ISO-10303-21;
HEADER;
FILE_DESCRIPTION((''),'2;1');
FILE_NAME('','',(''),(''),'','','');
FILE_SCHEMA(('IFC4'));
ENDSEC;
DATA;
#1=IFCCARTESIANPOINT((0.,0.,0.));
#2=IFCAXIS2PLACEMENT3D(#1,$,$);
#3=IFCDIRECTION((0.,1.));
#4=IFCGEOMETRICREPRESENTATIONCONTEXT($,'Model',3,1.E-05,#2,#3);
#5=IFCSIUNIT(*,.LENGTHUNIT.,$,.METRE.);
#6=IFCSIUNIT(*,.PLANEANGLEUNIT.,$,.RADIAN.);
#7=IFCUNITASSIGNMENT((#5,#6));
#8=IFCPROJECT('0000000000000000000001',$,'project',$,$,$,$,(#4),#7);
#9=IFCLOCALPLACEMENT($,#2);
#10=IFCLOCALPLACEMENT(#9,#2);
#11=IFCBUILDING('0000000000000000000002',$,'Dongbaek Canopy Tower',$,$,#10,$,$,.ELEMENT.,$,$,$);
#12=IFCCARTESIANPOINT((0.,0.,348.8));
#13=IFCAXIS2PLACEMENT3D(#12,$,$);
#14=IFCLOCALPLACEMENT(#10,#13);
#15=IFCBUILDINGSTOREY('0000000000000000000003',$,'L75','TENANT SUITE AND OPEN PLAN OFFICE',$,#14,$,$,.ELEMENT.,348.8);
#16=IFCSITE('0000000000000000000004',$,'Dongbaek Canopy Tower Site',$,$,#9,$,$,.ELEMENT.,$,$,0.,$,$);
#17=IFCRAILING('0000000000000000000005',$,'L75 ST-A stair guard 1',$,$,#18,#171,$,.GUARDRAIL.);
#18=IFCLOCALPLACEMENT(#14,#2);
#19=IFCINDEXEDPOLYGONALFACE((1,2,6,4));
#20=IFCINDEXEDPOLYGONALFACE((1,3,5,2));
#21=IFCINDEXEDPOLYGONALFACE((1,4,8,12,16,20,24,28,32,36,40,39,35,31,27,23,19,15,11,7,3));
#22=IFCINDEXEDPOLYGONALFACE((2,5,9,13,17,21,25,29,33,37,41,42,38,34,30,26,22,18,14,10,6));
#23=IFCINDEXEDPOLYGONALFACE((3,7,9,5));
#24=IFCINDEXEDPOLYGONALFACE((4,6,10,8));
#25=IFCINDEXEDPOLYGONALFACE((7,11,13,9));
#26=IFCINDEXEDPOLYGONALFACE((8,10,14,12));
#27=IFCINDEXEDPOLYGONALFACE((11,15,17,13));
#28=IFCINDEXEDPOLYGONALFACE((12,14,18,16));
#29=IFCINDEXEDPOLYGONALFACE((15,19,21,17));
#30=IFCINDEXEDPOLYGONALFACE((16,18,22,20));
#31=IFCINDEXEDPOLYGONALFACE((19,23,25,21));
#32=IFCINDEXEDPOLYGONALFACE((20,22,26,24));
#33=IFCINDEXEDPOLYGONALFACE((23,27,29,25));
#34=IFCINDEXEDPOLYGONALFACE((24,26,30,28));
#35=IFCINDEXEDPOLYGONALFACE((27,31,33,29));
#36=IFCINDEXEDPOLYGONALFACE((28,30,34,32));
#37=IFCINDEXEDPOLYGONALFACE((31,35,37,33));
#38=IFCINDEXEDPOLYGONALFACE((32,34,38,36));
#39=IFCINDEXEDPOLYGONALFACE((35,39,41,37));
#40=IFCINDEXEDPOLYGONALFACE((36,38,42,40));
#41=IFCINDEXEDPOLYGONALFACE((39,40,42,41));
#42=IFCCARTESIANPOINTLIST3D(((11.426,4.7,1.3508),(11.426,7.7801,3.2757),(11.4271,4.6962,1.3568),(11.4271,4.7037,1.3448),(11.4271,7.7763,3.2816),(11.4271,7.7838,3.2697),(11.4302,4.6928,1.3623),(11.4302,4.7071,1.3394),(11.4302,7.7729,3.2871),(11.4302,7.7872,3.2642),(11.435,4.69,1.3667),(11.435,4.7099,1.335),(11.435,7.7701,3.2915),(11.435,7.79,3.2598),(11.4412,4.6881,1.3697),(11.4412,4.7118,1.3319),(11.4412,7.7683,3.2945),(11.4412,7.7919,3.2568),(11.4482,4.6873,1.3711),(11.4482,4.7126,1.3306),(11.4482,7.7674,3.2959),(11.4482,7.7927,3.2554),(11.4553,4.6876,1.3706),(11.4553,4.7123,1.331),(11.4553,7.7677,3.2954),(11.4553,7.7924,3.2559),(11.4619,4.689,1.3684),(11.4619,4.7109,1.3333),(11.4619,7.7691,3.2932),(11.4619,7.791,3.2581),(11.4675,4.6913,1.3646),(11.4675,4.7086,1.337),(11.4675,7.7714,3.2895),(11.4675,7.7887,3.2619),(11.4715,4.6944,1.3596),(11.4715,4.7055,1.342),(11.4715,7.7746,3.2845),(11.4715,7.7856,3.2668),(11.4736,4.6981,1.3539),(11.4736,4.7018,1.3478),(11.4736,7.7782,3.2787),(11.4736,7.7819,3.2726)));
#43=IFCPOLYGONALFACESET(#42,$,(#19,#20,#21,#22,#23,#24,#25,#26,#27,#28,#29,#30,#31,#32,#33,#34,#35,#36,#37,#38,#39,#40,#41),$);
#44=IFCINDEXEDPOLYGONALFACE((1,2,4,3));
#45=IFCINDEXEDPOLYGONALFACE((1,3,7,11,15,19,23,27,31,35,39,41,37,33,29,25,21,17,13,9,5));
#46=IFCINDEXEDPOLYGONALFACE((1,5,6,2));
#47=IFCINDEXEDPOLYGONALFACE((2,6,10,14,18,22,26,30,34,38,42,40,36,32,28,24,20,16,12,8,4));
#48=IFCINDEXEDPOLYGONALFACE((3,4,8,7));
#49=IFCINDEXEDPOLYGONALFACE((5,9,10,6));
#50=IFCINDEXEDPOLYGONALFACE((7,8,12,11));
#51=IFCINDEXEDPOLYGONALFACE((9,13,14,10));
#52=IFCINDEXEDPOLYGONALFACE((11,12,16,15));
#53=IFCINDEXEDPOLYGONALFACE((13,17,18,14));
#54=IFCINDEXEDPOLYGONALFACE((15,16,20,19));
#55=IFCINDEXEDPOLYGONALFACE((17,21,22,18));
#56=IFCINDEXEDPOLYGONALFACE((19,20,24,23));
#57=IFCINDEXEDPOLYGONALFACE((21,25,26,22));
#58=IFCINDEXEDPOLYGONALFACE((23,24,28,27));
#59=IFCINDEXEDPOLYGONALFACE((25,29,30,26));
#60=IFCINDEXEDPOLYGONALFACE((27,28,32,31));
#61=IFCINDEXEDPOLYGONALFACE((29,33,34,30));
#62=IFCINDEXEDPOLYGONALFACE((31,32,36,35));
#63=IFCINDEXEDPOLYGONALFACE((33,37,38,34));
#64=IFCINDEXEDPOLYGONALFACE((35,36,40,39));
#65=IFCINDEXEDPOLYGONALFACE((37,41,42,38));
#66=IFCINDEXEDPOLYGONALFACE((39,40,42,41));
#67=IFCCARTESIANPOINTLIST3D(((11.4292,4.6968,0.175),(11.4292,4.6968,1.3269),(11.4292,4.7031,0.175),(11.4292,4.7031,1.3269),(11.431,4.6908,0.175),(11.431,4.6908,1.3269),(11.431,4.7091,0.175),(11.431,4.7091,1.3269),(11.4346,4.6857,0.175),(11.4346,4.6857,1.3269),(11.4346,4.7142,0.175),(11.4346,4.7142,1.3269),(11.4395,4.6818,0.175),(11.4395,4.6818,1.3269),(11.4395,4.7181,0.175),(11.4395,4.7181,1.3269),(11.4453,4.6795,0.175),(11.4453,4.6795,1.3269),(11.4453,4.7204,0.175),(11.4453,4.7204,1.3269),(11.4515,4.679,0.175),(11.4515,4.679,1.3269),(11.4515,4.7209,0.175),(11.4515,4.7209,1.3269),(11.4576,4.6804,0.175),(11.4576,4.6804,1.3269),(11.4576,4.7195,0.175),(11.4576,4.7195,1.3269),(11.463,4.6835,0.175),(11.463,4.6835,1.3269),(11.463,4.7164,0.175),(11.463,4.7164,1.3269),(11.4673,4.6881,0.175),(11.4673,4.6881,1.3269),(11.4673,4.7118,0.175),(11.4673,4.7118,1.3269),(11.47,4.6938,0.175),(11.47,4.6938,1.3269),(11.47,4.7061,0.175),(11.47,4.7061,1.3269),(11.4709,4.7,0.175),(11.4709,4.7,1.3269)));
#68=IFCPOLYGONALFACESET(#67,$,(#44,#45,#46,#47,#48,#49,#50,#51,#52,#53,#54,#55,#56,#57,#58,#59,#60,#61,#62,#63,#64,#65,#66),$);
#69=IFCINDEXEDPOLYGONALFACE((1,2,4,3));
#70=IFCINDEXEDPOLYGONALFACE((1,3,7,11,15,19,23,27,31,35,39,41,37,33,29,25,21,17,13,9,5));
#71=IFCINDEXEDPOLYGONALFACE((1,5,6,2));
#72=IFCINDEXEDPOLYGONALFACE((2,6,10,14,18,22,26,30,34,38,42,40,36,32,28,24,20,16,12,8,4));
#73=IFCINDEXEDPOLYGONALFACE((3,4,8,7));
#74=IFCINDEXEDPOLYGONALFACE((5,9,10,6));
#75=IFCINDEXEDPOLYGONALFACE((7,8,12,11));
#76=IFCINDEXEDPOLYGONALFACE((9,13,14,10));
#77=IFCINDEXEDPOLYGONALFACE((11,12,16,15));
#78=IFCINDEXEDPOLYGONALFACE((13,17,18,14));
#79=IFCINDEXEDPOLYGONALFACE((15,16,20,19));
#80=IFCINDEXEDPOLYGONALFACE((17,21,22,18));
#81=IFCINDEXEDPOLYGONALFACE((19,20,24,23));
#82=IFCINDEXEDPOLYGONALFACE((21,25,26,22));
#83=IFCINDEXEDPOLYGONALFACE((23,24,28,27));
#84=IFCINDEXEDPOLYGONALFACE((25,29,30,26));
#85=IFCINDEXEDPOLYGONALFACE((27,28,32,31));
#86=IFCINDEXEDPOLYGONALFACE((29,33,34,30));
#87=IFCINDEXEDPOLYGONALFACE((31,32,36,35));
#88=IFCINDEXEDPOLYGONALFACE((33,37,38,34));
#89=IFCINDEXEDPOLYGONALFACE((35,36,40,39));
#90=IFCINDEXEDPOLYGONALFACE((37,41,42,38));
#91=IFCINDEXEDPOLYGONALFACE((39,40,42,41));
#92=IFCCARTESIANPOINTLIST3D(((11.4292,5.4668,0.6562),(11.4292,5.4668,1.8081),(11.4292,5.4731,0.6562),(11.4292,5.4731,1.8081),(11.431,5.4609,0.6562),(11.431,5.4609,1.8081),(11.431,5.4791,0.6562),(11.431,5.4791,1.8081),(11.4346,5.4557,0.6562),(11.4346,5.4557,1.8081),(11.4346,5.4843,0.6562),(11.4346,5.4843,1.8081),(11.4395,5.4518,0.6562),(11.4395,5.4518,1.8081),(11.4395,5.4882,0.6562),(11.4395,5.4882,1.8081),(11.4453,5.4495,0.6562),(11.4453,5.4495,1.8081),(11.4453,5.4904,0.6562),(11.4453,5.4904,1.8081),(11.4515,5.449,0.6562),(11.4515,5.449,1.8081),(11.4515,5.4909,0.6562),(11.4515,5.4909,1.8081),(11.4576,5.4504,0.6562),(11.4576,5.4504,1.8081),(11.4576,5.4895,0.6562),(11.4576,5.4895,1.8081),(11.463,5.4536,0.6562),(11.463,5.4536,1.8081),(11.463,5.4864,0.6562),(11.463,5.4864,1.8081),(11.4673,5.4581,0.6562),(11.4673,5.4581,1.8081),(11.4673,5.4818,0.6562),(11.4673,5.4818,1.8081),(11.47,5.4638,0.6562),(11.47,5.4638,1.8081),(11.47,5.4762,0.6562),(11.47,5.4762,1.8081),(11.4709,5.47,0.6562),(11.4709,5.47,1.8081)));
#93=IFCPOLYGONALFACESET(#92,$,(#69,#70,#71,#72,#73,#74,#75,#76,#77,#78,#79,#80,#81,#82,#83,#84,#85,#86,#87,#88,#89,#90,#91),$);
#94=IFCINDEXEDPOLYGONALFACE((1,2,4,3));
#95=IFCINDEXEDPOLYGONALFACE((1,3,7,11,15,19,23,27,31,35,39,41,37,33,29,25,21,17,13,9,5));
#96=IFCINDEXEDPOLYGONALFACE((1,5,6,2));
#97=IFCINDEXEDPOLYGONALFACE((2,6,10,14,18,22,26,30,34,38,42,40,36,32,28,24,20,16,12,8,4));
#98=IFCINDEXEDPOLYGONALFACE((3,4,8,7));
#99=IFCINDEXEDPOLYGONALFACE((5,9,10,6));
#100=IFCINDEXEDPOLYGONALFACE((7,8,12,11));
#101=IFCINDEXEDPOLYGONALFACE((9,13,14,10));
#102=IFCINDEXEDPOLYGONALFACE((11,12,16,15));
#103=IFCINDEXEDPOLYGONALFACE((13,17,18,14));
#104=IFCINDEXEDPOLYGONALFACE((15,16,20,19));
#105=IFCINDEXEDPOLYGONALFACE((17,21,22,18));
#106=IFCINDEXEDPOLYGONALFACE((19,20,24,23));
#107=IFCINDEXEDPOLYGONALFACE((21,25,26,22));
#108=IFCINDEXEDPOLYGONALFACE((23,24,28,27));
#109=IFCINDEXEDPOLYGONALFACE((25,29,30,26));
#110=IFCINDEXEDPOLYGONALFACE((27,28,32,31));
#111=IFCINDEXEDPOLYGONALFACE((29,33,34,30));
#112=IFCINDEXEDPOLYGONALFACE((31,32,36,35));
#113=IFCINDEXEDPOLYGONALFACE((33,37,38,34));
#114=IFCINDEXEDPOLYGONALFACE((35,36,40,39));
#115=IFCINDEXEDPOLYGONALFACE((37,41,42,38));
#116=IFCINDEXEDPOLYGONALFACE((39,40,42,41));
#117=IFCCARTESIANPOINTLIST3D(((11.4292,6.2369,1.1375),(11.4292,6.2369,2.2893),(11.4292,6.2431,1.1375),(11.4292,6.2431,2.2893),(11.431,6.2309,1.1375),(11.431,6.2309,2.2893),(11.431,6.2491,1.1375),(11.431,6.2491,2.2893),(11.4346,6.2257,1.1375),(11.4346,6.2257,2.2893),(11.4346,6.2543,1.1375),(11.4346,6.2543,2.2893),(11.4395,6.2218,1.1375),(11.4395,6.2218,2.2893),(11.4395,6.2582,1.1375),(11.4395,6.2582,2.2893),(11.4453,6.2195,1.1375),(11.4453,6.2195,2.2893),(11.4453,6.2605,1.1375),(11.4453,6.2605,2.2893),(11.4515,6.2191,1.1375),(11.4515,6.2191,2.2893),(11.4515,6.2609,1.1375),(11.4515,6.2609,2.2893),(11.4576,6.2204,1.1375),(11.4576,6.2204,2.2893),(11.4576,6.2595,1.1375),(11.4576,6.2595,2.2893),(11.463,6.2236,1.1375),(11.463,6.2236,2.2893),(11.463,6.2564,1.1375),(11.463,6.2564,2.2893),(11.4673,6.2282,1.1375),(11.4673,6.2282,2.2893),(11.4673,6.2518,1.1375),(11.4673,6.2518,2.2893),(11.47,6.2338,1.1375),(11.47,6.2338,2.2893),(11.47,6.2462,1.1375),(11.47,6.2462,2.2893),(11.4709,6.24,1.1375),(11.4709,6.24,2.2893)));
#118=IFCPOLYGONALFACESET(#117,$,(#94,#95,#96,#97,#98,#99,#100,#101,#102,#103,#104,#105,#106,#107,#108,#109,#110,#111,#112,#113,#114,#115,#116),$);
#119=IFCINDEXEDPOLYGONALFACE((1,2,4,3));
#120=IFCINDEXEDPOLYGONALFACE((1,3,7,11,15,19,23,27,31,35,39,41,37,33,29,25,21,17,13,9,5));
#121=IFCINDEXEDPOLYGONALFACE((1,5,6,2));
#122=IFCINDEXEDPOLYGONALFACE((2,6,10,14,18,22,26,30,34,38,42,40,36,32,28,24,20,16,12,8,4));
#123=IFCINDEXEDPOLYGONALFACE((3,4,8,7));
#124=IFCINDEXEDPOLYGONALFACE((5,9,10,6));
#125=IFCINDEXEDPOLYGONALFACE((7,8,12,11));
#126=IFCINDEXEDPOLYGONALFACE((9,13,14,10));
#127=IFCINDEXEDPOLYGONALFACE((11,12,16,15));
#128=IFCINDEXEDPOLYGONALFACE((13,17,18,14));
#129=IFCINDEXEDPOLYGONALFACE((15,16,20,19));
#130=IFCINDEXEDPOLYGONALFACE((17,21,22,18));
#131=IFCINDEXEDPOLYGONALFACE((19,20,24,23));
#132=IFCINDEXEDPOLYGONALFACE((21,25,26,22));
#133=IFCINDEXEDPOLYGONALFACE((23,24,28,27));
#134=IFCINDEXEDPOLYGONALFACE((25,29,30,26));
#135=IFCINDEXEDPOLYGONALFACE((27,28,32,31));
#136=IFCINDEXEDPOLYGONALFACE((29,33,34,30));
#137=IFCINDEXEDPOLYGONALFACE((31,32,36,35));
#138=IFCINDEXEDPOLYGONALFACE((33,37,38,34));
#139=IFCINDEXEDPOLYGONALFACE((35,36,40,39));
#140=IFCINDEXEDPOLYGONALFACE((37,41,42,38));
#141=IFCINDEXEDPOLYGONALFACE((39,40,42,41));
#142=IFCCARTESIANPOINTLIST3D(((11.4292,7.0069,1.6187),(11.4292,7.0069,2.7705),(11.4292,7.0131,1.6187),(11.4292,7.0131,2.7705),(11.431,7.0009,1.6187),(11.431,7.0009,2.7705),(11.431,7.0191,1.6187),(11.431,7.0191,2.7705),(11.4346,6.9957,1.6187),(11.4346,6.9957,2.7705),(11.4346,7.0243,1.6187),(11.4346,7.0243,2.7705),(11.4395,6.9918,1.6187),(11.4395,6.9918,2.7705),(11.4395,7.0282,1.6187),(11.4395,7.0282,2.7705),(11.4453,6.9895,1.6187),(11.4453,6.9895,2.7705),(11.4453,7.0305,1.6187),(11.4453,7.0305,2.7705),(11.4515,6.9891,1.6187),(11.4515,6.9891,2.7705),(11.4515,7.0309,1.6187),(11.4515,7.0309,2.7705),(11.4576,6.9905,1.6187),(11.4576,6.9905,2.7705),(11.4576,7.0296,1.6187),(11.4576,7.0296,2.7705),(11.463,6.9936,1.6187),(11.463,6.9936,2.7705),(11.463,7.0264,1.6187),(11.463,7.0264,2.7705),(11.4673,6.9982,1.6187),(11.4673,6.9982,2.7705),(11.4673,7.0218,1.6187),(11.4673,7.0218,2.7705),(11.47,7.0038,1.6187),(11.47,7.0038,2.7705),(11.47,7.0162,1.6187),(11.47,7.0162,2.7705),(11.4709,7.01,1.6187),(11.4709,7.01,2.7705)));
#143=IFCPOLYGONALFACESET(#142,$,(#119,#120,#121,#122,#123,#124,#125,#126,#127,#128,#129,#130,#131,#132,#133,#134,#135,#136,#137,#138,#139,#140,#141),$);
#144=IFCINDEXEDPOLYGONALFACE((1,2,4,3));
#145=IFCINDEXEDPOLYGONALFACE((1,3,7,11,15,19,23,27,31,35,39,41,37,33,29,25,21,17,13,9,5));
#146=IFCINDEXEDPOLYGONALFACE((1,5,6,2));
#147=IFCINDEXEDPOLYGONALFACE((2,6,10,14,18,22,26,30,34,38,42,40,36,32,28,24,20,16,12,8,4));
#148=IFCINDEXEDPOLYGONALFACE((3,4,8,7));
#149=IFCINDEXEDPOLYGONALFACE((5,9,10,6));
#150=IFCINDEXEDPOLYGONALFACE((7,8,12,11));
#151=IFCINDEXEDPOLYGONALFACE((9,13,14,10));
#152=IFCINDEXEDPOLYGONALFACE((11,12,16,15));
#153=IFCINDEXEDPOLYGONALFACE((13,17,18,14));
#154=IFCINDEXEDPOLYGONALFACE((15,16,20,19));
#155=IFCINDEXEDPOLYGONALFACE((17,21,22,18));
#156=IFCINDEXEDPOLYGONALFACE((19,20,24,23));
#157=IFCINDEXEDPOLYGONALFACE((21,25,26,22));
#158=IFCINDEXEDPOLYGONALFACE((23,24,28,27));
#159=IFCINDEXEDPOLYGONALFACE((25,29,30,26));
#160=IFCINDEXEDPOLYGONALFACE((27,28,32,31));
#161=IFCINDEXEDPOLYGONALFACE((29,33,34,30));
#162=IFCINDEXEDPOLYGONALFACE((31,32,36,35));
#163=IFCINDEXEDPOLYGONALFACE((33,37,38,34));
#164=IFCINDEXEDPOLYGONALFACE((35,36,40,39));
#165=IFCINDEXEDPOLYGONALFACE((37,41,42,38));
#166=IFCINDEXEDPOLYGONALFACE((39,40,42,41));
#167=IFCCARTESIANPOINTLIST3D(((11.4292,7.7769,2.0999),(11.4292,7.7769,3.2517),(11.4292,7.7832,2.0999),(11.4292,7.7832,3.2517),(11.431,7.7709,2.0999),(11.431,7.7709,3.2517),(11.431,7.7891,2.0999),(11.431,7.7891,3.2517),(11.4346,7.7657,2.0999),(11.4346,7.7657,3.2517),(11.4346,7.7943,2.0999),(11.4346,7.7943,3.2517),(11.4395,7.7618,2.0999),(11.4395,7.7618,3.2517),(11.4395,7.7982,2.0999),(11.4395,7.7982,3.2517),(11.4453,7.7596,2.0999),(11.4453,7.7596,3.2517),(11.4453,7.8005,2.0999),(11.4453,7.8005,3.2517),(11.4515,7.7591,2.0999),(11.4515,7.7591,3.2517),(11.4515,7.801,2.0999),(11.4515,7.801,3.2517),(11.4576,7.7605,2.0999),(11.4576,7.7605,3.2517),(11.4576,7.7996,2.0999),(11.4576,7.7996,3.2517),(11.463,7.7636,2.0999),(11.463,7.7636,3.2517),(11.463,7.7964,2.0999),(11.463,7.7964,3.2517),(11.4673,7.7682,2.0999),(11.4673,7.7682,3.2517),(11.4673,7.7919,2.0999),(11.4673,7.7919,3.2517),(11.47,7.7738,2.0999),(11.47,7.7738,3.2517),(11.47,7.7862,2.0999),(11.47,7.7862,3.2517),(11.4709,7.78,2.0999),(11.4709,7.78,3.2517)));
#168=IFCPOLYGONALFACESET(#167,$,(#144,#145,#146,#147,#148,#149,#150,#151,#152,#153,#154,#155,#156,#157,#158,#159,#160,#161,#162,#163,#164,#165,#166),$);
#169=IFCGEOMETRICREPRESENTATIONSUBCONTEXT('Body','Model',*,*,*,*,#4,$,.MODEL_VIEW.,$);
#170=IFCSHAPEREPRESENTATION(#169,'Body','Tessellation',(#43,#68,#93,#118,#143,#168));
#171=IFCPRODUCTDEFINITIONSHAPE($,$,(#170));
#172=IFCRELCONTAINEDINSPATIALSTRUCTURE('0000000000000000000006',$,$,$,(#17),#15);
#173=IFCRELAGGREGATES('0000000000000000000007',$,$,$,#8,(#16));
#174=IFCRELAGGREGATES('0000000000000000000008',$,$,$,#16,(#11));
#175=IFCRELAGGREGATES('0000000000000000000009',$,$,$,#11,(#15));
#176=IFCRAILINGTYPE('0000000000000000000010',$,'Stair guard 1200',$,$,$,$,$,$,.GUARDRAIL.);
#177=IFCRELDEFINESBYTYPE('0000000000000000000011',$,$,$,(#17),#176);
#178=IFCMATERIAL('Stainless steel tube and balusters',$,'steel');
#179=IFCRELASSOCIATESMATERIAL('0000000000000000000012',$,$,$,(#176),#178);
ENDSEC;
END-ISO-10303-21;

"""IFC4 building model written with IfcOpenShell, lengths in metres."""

from ifc_helpers import new_model, si_unit, direction, frame, origin, origin_2d, place, context, subcontext, project, spatial, circle, extrude, material, type_object, element, save


model = new_model("IFC4")

# Units and contexts
model_context = context("Model", 3, precision=1e-05, world=origin(), true_north=direction((0.0, 1.0)))
body_context = subcontext(model_context, "Body", "Model", "MODEL_VIEW")
ifc_project = project(units=[si_unit("LENGTHUNIT", "METRE"), si_unit("PLANEANGLEUNIT", "RADIAN")], contexts=[model_context])

# Site, building, storey
site_placement = place(None, origin())
site = spatial("IfcSite", under=ifc_project, at=site_placement, Name="Dongbaek Canopy Tower Site", CompositionType="ELEMENT", RefElevation=0.0)
building_placement = place(site_placement, origin())
building = spatial("IfcBuilding", under=site, at=building_placement, Name="Dongbaek Canopy Tower", CompositionType="ELEMENT")
storey_placement = place(building_placement, frame((0.0, 0.0, 348.8)))
storey = spatial("IfcBuildingStorey", under=building, at=storey_placement, Name="L75", Description="TENANT SUITE AND OPEN PLAN OFFICE", CompositionType="ELEMENT", Elevation=348.8)

# Railing
ifc_material_1 = material(Name="Stainless steel tube and balusters", Category="steel")
railing_type_1 = type_object("IfcRailingType", Name="Stair guard 1200", PredefinedType="GUARDRAIL", material=ifc_material_1)
railing_1_placement = place(storey_placement, frame((11.45, 4.7, 0.175)))
element("IfcRailing", 1, at=railing_1_placement, inside=storey, type_object=railing_type_1, Name="L75 ST-A stair guard 1", PredefinedType="GUARDRAIL", context=body_context, shape_type="SweptSolid", body=[
    extrude(circle(Radius=0.0239, at=origin_2d()), frame((0.0, 0.0, 1.1758), z_axis=(0.0, 0.848029, 0.529951), x_axis=(-1.0, 0.0, 0.0)), (0.0, 0.0, 1.0), 3.6321),
    extrude(circle(Radius=0.021, at=origin_2d()), origin(), (0.0, 0.0, 1.0), 1.1519),
    extrude(circle(Radius=0.021, at=origin_2d()), frame((0.0, 0.77, 0.4812)), (0.0, 0.0, 1.0), 1.1519),
    extrude(circle(Radius=0.021, at=origin_2d()), frame((0.0, 1.54, 0.9624)), (0.0, 0.0, 1.0), 1.1519),
    extrude(circle(Radius=0.021, at=origin_2d()), frame((0.0, 2.3101, 1.4436)), (0.0, 0.0, 1.0), 1.1519),
    extrude(circle(Radius=0.021, at=origin_2d()), frame((0.0, 3.0801, 1.9248)), (0.0, 0.0, 1.0), 1.1519),
])

save(model, "model.ifc")
